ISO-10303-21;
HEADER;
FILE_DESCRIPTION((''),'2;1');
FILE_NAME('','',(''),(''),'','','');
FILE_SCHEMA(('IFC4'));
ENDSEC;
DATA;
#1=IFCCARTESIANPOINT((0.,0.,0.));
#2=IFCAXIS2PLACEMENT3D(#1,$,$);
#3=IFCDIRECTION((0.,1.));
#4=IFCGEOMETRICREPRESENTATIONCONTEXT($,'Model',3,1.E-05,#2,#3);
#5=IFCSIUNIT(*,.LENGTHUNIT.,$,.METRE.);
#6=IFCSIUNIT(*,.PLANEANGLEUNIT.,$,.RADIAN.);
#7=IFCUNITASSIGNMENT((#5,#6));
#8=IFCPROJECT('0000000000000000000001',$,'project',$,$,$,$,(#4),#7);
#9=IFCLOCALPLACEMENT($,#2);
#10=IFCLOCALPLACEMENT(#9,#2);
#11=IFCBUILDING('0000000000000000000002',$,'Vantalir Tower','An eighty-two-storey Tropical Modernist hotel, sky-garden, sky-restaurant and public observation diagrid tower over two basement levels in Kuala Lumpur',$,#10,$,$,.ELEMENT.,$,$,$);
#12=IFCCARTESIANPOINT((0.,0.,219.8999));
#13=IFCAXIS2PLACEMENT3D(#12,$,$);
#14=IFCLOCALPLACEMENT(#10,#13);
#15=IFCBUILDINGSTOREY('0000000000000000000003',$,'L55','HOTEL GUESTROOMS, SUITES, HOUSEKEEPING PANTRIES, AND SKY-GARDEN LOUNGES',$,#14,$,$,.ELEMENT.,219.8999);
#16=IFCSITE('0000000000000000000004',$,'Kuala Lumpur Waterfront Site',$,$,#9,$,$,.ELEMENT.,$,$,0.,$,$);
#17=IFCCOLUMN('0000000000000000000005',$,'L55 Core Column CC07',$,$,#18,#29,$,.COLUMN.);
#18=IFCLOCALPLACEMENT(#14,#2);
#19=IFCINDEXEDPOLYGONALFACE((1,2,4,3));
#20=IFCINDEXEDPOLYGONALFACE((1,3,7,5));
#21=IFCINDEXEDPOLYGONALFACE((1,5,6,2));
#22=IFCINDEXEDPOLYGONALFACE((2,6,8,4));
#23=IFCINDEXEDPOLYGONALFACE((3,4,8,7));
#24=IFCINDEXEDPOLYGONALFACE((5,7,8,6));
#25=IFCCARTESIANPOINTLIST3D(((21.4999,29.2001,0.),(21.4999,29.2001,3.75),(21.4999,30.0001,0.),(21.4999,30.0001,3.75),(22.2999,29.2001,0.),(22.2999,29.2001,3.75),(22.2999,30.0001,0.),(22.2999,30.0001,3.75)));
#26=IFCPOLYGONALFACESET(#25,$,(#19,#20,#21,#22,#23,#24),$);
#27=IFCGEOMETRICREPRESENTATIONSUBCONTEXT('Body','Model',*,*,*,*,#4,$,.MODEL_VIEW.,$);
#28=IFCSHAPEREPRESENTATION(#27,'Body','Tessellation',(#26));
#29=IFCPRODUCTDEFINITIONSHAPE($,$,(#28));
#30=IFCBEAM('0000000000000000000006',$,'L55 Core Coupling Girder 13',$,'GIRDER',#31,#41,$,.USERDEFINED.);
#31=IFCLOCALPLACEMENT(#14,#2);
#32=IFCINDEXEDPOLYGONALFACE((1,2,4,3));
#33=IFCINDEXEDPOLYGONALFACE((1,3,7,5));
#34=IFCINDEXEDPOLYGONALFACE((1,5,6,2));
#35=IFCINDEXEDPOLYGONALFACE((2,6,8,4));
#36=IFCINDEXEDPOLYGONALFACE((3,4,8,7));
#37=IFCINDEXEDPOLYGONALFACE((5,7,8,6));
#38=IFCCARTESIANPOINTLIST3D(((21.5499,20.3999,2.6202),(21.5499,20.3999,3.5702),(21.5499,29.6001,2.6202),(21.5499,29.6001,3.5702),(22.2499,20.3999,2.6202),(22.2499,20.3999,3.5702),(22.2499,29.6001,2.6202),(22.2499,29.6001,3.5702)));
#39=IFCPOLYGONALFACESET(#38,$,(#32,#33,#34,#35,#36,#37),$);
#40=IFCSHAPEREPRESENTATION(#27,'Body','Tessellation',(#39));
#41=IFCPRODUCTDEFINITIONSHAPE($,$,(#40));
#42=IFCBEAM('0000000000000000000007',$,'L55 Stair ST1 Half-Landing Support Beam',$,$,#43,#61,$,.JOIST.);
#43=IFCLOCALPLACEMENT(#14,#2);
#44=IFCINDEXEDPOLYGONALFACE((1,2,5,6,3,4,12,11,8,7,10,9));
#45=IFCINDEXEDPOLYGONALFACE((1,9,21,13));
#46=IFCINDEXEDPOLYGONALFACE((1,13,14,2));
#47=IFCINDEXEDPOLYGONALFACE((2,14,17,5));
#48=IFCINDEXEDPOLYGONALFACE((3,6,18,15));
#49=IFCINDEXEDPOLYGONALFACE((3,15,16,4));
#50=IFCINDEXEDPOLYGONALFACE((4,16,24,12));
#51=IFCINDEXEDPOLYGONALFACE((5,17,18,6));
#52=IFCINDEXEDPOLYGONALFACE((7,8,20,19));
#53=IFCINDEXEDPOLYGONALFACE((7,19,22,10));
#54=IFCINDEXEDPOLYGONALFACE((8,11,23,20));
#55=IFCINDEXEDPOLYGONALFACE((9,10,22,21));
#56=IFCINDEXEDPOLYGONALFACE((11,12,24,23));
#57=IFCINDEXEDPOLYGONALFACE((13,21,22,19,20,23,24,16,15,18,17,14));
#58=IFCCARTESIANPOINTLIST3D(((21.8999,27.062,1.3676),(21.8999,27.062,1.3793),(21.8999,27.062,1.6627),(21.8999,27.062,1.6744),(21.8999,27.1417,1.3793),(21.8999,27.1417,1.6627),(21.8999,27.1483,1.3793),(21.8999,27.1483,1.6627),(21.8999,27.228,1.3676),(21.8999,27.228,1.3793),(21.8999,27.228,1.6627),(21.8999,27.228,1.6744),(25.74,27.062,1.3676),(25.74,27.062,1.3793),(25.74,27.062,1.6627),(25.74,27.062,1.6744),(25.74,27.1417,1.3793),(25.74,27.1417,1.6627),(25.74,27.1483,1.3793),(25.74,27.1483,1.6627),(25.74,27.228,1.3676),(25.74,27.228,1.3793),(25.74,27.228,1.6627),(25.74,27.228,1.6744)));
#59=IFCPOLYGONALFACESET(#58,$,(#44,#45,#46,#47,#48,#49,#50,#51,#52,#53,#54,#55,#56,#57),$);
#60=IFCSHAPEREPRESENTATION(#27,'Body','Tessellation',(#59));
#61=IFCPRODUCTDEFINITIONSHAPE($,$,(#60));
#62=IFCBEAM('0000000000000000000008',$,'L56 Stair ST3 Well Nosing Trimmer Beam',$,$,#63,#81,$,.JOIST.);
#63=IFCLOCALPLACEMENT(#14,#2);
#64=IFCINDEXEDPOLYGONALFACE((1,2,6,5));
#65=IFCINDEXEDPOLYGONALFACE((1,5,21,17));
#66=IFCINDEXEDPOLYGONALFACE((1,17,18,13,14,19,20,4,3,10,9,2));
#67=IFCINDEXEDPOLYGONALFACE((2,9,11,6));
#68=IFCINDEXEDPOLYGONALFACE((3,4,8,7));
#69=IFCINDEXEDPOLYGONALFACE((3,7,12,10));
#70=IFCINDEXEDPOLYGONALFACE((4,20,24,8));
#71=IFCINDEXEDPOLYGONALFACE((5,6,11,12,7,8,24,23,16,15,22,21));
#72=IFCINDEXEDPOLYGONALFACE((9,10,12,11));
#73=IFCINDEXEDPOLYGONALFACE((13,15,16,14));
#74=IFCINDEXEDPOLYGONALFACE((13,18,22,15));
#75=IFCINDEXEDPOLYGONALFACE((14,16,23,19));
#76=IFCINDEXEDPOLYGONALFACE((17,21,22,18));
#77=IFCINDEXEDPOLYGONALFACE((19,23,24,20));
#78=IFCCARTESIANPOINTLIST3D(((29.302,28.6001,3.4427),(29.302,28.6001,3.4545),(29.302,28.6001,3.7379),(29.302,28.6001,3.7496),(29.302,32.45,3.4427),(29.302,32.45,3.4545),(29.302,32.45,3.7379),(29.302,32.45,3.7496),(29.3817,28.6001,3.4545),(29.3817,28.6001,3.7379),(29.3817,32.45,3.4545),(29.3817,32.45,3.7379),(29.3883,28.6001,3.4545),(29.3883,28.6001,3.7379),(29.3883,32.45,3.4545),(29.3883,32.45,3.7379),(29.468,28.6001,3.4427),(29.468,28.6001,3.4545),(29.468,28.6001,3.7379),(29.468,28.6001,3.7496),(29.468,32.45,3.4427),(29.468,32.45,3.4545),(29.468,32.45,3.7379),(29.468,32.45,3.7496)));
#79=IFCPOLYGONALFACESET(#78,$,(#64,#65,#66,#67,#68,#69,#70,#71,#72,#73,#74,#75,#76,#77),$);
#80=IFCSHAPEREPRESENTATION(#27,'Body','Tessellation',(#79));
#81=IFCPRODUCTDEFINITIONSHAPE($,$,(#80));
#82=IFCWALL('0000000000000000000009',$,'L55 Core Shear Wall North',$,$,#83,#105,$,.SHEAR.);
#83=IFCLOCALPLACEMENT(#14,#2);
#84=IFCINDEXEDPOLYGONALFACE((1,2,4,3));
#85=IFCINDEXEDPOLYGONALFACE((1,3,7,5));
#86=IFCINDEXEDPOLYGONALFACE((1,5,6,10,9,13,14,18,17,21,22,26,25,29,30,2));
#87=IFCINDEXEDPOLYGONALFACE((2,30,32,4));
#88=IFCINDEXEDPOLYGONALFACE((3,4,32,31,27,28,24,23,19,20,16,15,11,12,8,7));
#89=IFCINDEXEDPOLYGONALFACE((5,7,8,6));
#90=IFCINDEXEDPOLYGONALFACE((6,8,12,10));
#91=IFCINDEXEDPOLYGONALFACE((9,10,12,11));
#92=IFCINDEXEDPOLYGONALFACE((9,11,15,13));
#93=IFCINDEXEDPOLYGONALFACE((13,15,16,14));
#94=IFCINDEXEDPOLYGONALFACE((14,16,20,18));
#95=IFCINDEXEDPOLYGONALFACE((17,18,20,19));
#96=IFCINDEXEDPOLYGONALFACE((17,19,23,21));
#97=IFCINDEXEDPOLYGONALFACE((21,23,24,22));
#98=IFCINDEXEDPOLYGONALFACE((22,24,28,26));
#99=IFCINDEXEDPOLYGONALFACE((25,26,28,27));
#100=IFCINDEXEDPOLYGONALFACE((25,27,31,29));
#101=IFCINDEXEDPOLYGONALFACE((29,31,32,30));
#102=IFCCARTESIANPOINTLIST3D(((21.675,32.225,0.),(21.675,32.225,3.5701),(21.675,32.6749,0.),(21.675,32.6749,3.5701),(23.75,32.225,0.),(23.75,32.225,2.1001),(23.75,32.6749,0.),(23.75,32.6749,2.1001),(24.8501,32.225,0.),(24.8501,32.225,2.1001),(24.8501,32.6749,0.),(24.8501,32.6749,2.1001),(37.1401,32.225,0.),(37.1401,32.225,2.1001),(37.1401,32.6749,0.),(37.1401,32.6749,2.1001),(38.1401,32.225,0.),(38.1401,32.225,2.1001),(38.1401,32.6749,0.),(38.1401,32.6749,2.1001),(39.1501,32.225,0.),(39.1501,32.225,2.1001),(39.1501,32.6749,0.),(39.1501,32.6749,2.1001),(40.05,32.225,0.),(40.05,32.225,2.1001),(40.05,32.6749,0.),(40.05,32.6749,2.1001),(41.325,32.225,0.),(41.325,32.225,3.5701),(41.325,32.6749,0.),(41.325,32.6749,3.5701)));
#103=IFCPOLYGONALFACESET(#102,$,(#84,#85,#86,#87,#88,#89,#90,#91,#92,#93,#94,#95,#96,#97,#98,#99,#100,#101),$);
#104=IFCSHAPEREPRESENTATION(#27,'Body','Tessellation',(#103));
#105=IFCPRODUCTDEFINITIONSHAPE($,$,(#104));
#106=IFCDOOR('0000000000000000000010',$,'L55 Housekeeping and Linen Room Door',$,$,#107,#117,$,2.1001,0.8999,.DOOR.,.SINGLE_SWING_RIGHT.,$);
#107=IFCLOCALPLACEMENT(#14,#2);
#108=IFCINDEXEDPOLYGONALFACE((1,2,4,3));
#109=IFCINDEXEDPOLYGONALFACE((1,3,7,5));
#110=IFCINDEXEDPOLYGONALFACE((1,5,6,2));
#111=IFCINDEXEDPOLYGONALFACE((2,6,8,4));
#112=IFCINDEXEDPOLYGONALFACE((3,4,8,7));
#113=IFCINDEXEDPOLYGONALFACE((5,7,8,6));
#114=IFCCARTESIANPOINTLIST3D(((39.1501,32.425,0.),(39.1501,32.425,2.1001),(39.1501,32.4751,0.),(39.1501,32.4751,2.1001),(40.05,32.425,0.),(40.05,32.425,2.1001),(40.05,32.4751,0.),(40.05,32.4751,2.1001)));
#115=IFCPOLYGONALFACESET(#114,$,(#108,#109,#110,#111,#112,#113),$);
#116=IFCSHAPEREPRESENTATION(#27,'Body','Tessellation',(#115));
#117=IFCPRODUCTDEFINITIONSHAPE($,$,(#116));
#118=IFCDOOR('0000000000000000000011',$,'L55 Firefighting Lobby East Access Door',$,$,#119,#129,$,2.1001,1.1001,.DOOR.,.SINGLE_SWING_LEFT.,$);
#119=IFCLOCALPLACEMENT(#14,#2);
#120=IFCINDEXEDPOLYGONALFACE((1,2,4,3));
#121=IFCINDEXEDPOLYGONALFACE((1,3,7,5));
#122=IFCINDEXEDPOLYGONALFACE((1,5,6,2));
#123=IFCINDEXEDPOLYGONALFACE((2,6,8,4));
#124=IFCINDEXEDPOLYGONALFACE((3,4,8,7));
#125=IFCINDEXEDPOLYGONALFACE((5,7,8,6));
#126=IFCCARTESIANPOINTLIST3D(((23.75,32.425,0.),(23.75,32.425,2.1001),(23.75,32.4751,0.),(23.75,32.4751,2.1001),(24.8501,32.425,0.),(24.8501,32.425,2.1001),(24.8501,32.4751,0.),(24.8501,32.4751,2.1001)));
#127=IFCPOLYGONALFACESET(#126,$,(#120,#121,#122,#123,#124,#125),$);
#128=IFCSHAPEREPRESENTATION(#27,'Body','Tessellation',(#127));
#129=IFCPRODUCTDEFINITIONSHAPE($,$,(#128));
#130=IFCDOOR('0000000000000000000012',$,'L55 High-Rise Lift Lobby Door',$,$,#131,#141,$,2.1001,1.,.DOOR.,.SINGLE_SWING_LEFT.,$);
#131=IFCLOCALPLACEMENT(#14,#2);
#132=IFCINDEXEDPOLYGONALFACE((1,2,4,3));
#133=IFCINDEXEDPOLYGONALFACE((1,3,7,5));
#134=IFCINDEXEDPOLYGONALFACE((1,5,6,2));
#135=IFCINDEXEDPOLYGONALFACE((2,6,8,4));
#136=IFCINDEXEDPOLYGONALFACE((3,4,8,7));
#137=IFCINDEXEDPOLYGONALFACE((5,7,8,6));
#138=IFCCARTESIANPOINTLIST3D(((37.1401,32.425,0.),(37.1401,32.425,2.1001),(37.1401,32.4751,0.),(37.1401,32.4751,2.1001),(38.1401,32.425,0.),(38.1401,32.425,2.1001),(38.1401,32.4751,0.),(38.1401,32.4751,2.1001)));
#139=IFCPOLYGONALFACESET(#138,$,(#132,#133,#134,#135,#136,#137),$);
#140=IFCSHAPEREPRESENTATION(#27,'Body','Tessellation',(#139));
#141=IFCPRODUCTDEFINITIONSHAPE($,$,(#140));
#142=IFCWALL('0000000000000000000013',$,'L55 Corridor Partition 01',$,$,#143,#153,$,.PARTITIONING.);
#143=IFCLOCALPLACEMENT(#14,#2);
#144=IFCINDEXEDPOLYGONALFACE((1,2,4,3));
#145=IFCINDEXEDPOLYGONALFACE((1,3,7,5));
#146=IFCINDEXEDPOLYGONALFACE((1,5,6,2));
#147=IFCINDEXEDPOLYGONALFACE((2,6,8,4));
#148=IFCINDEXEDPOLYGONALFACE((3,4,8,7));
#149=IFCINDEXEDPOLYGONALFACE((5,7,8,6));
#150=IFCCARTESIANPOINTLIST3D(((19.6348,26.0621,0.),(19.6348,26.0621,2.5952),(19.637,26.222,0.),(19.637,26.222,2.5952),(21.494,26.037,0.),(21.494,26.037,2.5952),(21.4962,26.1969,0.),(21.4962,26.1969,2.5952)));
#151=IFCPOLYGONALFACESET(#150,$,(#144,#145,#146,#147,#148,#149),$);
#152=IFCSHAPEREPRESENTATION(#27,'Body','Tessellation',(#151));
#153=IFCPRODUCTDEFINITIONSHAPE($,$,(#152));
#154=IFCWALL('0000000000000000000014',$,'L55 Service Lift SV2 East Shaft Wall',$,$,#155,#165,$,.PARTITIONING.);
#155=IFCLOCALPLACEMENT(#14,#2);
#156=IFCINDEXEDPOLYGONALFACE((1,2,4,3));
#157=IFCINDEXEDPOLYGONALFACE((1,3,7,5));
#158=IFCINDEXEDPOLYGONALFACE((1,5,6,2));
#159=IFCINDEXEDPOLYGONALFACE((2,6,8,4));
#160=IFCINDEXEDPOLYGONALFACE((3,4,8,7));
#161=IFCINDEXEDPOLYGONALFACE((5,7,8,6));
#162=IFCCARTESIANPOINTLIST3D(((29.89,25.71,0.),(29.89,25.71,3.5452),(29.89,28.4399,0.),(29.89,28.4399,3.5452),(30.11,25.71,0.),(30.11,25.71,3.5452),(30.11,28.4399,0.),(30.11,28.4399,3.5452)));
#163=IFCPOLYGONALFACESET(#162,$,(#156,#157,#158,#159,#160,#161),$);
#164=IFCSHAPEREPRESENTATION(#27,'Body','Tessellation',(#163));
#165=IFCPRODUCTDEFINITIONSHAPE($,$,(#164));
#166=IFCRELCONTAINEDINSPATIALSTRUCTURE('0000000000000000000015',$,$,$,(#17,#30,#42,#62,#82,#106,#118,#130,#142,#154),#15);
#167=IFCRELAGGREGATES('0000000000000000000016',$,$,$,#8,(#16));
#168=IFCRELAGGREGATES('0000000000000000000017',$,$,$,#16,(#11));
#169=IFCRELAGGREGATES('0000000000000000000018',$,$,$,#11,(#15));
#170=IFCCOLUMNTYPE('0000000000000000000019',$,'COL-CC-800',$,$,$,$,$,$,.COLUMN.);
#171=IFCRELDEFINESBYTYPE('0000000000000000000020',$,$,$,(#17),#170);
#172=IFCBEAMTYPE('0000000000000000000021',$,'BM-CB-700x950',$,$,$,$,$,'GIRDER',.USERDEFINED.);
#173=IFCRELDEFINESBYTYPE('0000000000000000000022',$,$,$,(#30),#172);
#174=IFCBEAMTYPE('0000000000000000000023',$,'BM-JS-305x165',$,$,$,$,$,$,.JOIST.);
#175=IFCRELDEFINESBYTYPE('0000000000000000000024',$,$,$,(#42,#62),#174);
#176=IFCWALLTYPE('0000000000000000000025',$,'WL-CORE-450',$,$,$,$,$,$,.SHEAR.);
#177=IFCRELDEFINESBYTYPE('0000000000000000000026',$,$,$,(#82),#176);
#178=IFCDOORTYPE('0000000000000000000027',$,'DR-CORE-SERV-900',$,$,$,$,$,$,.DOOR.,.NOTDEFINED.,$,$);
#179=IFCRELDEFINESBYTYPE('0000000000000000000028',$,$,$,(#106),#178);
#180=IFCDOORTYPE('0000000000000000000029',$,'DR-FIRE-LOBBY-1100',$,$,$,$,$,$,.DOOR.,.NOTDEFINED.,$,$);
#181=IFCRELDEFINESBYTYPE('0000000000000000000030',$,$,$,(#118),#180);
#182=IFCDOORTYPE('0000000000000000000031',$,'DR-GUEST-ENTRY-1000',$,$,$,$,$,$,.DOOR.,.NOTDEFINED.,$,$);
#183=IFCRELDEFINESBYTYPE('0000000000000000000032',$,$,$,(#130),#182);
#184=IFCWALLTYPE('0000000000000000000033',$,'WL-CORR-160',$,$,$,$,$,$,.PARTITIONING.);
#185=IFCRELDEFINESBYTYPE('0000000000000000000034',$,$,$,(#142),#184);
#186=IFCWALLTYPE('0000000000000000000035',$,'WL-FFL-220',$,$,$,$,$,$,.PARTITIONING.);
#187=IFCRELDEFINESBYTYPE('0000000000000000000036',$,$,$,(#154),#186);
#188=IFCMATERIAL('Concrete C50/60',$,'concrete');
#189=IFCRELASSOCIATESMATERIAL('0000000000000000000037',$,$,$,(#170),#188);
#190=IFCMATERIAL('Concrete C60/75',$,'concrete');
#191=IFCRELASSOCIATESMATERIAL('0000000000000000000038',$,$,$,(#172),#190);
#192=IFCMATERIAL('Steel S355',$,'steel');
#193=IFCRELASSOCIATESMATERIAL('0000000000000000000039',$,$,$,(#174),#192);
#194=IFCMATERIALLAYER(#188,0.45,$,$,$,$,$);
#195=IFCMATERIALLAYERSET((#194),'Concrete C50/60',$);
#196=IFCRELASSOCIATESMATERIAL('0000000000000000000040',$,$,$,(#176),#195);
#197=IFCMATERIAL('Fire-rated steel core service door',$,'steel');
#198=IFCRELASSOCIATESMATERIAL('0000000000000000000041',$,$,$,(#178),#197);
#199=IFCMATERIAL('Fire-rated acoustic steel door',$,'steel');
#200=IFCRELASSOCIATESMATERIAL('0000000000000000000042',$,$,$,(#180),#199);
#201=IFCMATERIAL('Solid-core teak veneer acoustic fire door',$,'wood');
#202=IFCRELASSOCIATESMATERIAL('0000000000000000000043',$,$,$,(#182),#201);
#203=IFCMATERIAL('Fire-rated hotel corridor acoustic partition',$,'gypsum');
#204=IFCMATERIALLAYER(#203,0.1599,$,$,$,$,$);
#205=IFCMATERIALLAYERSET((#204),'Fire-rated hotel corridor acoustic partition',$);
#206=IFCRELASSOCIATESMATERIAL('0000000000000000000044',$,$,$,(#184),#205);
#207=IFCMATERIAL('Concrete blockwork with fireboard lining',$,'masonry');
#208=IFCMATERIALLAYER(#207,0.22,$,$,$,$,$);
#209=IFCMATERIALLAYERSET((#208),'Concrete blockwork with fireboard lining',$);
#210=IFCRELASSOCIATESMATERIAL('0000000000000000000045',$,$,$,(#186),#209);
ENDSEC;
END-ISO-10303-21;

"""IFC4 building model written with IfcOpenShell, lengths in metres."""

from ifc_helpers import new_model, si_unit, direction, frame, frame_2d, origin, origin_2d, place, context, subcontext, project, spatial, rectangle, i_section, extrude, material, layer, layer_set, material_profile, profile_set, type_object, element, fill, save


model = new_model("IFC4")

# Units and contexts
model_context = context("Model", 3, precision=1e-05, world=origin(), true_north=direction((0.0, 1.0)))
body_context = subcontext(model_context, "Body", "Model", "MODEL_VIEW")
ifc_project = project(units=[si_unit("LENGTHUNIT", "METRE"), si_unit("PLANEANGLEUNIT", "RADIAN")], contexts=[model_context])

# Site, building, storey
site_placement = place(None, origin())
site = spatial("IfcSite", under=ifc_project, at=site_placement, Name="Kuala Lumpur Waterfront Site", CompositionType="ELEMENT", RefElevation=0.0)
building_placement = place(site_placement, origin())
building = spatial("IfcBuilding", under=site, at=building_placement, Name="Vantalir Tower", Description="An eighty-two-storey Tropical Modernist hotel, sky-garden, sky-restaurant and public observation diagrid tower over two basement levels in Kuala Lumpur", CompositionType="ELEMENT")
storey_placement = place(building_placement, frame((0.0, 0.0, 219.8999)))
storey = spatial("IfcBuildingStorey", under=building, at=storey_placement, Name="L55", Description="HOTEL GUESTROOMS, SUITES, HOUSEKEEPING PANTRIES, AND SKY-GARDEN LOUNGES", CompositionType="ELEMENT", Elevation=219.8999)

# Column
ifc_material_1 = material(Name="Concrete C50/60", Category="concrete")
ifc_material_profile_1 = material_profile(ifc_material_1, rectangle(XDim=0.8, YDim=0.8, at=origin_2d()), Name="Concrete C50/60")
ifc_profile_set_1 = profile_set([ifc_material_profile_1], Name="Concrete C50/60")
column_type = type_object("IfcColumnType", Name="COL-CC-800", PredefinedType="COLUMN", material=ifc_profile_set_1)
column_placement = place(storey_placement, frame((21.8999, 29.6001, 0.0), z_axis=(0.0, 0.0, 1.0), x_axis=(1.0, 0.0, 0.0)))
element("IfcColumn", 1, at=column_placement, inside=storey, type_object=column_type, Name="L55 Core Column CC07", PredefinedType="COLUMN", context=body_context, shape_type="SweptSolid", body=[
    extrude(rectangle(XDim=0.8, YDim=0.8, at=origin_2d()), origin(), (0.0, 0.0, 1.0), 3.75),
])

# Beams
ifc_material_2 = material(Name="Concrete C60/75", Category="concrete")
ifc_material_profile_2 = material_profile(ifc_material_2, rectangle(XDim=0.7, YDim=0.95, at=origin_2d()), Name="Concrete C60/75")
ifc_profile_set_2 = profile_set([ifc_material_profile_2], Name="Concrete C60/75")
beam_type_1 = type_object("IfcBeamType", Name="BM-CB-700x950", ElementType="GIRDER", PredefinedType="USERDEFINED", material=ifc_profile_set_2)
beam_1_placement = place(storey_placement, frame((21.8999, 29.6001, 3.0952), z_axis=(0.0, -1.0, 0.0), x_axis=(1.0, 0.0, 0.0)))
element("IfcBeam", 2, at=beam_1_placement, inside=storey, type_object=beam_type_1, Name="L55 Core Coupling Girder 13", ObjectType="GIRDER", PredefinedType="USERDEFINED", context=body_context, shape_type="SweptSolid", body=[
    extrude(rectangle(XDim=0.7, YDim=0.95, at=origin_2d()), origin(), (0.0, 0.0, 1.0), 9.2002),
])
ifc_material_3 = material(Name="Steel S355", Category="steel")
ifc_material_profile_3 = material_profile(ifc_material_3, i_section(OverallWidth=0.166, OverallDepth=0.3069, WebThickness=0.0066, FlangeThickness=0.0117, at=origin_2d()), Name="Steel S355")
ifc_profile_set_3 = profile_set([ifc_material_profile_3], Name="Steel S355")
beam_type_2 = type_object("IfcBeamType", Name="BM-JS-305x165", PredefinedType="JOIST", material=ifc_profile_set_3)
beam_2_placement = place(storey_placement, frame((21.8999, 27.145, 1.521), z_axis=(1.0, 0.0, 0.0), x_axis=(0.0, 1.0, 0.0)))
element("IfcBeam", 3, at=beam_2_placement, inside=storey, type_object=beam_type_2, Name="L55 Stair ST1 Half-Landing Support Beam", PredefinedType="JOIST", context=body_context, shape_type="SweptSolid", body=[
    extrude(i_section(OverallWidth=0.166, OverallDepth=0.3069, WebThickness=0.0066, FlangeThickness=0.0117, at=origin_2d()), origin(), (0.0, 0.0, 1.0), 3.8401),
])
beam_3_placement = place(storey_placement, frame((29.385, 28.6001, 3.5962), z_axis=(0.0, 1.0, 0.0), x_axis=(-1.0, 0.0, 0.0)))
element("IfcBeam", 4, at=beam_3_placement, inside=storey, type_object=beam_type_2, Name="L56 Stair ST3 Well Nosing Trimmer Beam", PredefinedType="JOIST", context=body_context, shape_type="SweptSolid", body=[
    extrude(i_section(OverallWidth=0.166, OverallDepth=0.3069, WebThickness=0.0066, FlangeThickness=0.0117, at=origin_2d()), origin(), (0.0, 0.0, 1.0), 3.8499),
])

# Wall, openings, doors
ifc_layer_1 = layer(ifc_material_1, 0.45)
ifc_layer_set_1 = layer_set([ifc_layer_1], Name="Concrete C50/60")
wall_type_1 = type_object("IfcWallType", Name="WL-CORE-450", PredefinedType="SHEAR", material=ifc_layer_set_1)
wall_1_placement = place(storey_placement, frame((21.675, 32.45, 0.0), z_axis=(0.0, 0.0, 1.0), x_axis=(1.0, 0.0, 0.0)))
wall_1 = element("IfcWall", 5, at=wall_1_placement, inside=storey, type_object=wall_type_1, Name="L55 Core Shear Wall North", PredefinedType="SHEAR", context=body_context, shape_type="SweptSolid", body=[
    extrude(rectangle(XDim=19.6499, YDim=0.45, at=frame_2d((9.825, 0.0))), origin(), (0.0, 0.0, 1.0), 3.5701),
])
opening_1_placement = place(wall_1_placement, frame((2.075, 0.0, 0.0)))
opening_1 = element("IfcOpeningElement", 6, at=opening_1_placement, cuts=wall_1, PredefinedType="OPENING", context=body_context, shape_type="SweptSolid", body=[
    extrude(rectangle(XDim=1.1001, YDim=2.1001, at=frame_2d((0.55, 1.05))), frame((0.0, 0.2349, 0.0), z_axis=(0.0, -1.0, 0.0), x_axis=(1.0, 0.0, 0.0)), (0.0, 0.0, 1.0), 0.47),
])
opening_2_placement = place(wall_1_placement, frame((15.4651, 0.0, 0.0)))
opening_2 = element("IfcOpeningElement", 7, at=opening_2_placement, cuts=wall_1, PredefinedType="OPENING", context=body_context, shape_type="SweptSolid", body=[
    extrude(rectangle(XDim=1.0, YDim=2.1001, at=frame_2d((0.5, 1.05))), frame((0.0, 0.2349, 0.0), z_axis=(0.0, -1.0, 0.0), x_axis=(1.0, 0.0, 0.0)), (0.0, 0.0, 1.0), 0.47),
])
opening_3_placement = place(wall_1_placement, frame((17.4751, 0.0, 0.0)))
opening_3 = element("IfcOpeningElement", 8, at=opening_3_placement, cuts=wall_1, PredefinedType="OPENING", context=body_context, shape_type="SweptSolid", body=[
    extrude(rectangle(XDim=0.8999, YDim=2.1001, at=frame_2d((0.45, 1.05))), frame((0.0, 0.2349, 0.0), z_axis=(0.0, -1.0, 0.0), x_axis=(1.0, 0.0, 0.0)), (0.0, 0.0, 1.0), 0.47),
])
ifc_material_4 = material(Name="Fire-rated steel core service door", Category="steel")
door_type_1 = type_object("IfcDoorType", Name="DR-CORE-SERV-900", OperationType="NOTDEFINED", PredefinedType="DOOR", material=ifc_material_4)
door_1_placement = place(opening_3_placement, frame((0.8999, 0.0, 0.0), z_axis=(0.0, 0.0, 1.0), x_axis=(-1.0, 0.0, 0.0)))
door_1 = element("IfcDoor", 9, at=door_1_placement, inside=storey, type_object=door_type_1, Name="L55 Housekeeping and Linen Room Door", OperationType="SINGLE_SWING_RIGHT", OverallHeight=2.1001, OverallWidth=0.8999, PredefinedType="DOOR", context=body_context, shape_type="SweptSolid", body=[
    extrude(rectangle(XDim=0.8999, YDim=2.1001, at=frame_2d((0.45, 1.05))), frame((0.0, 0.0249, 0.0), z_axis=(0.0, -1.0, 0.0), x_axis=(1.0, 0.0, 0.0)), (0.0, 0.0, 1.0), 0.05),
])
fill(opening_3, door_1)
ifc_material_5 = material(Name="Fire-rated acoustic steel door", Category="steel")
door_type_2 = type_object("IfcDoorType", Name="DR-FIRE-LOBBY-1100", OperationType="NOTDEFINED", PredefinedType="DOOR", material=ifc_material_5)
door_2_placement = place(opening_1_placement, frame((1.1001, 0.0, 0.0), z_axis=(0.0, 0.0, 1.0), x_axis=(-1.0, 0.0, 0.0)))
door_2 = element("IfcDoor", 10, at=door_2_placement, inside=storey, type_object=door_type_2, Name="L55 Firefighting Lobby East Access Door", OperationType="SINGLE_SWING_LEFT", OverallHeight=2.1001, OverallWidth=1.1001, PredefinedType="DOOR", context=body_context, shape_type="SweptSolid", body=[
    extrude(rectangle(XDim=1.1001, YDim=2.1001, at=frame_2d((0.55, 1.05))), frame((0.0, 0.0249, 0.0), z_axis=(0.0, -1.0, 0.0), x_axis=(1.0, 0.0, 0.0)), (0.0, 0.0, 1.0), 0.05),
])
fill(opening_1, door_2)
ifc_material_6 = material(Name="Solid-core teak veneer acoustic fire door", Category="wood")
door_type_3 = type_object("IfcDoorType", Name="DR-GUEST-ENTRY-1000", OperationType="NOTDEFINED", PredefinedType="DOOR", material=ifc_material_6)
door_3_placement = place(opening_2_placement, frame((1.0, 0.0, 0.0), z_axis=(0.0, 0.0, 1.0), x_axis=(-1.0, 0.0, 0.0)))
door_3 = element("IfcDoor", 11, at=door_3_placement, inside=storey, type_object=door_type_3, Name="L55 High-Rise Lift Lobby Door", OperationType="SINGLE_SWING_LEFT", OverallHeight=2.1001, OverallWidth=1.0, PredefinedType="DOOR", context=body_context, shape_type="SweptSolid", body=[
    extrude(rectangle(XDim=1.0, YDim=2.1001, at=frame_2d((0.5, 1.05))), frame((0.0, 0.0249, 0.0), z_axis=(0.0, -1.0, 0.0), x_axis=(1.0, 0.0, 0.0)), (0.0, 0.0, 1.0), 0.05),
])
fill(opening_2, door_3)

# Walls
ifc_material_7 = material(Name="Fire-rated hotel corridor acoustic partition", Category="gypsum")
ifc_layer_2 = layer(ifc_material_7, 0.1599)
ifc_layer_set_2 = layer_set([ifc_layer_2], Name="Fire-rated hotel corridor acoustic partition")
wall_type_2 = type_object("IfcWallType", Name="WL-CORR-160", PredefinedType="PARTITIONING", material=ifc_layer_set_2)
wall_2_placement = place(storey_placement, frame((21.4951, 26.1169, 0.0), z_axis=(0.0, 0.0, 1.0), x_axis=(-0.999909, 0.013525, 0.0)))
element("IfcWall", 12, at=wall_2_placement, inside=storey, type_object=wall_type_2, Name="L55 Corridor Partition 01", PredefinedType="PARTITIONING", context=body_context, shape_type="SweptSolid", body=[
    extrude(rectangle(XDim=1.8594, YDim=0.1599, at=frame_2d((0.9297, 0.0))), origin(), (0.0, 0.0, 1.0), 2.5952),
])
ifc_material_8 = material(Name="Concrete blockwork with fireboard lining", Category="masonry")
ifc_layer_3 = layer(ifc_material_8, 0.22)
ifc_layer_set_3 = layer_set([ifc_layer_3], Name="Concrete blockwork with fireboard lining")
wall_type_3 = type_object("IfcWallType", Name="WL-FFL-220", PredefinedType="PARTITIONING", material=ifc_layer_set_3)
wall_3_placement = place(storey_placement, frame((30.0, 25.71, 0.0), z_axis=(0.0, 0.0, 1.0), x_axis=(0.0, 1.0, 0.0)))
element("IfcWall", 13, at=wall_3_placement, inside=storey, type_object=wall_type_3, Name="L55 Service Lift SV2 East Shaft Wall", PredefinedType="PARTITIONING", context=body_context, shape_type="SweptSolid", body=[
    extrude(rectangle(XDim=2.73, YDim=0.22, at=frame_2d((1.365, 0.0))), origin(), (0.0, 0.0, 1.0), 3.5452),
])

save(model, "model.ifc")
